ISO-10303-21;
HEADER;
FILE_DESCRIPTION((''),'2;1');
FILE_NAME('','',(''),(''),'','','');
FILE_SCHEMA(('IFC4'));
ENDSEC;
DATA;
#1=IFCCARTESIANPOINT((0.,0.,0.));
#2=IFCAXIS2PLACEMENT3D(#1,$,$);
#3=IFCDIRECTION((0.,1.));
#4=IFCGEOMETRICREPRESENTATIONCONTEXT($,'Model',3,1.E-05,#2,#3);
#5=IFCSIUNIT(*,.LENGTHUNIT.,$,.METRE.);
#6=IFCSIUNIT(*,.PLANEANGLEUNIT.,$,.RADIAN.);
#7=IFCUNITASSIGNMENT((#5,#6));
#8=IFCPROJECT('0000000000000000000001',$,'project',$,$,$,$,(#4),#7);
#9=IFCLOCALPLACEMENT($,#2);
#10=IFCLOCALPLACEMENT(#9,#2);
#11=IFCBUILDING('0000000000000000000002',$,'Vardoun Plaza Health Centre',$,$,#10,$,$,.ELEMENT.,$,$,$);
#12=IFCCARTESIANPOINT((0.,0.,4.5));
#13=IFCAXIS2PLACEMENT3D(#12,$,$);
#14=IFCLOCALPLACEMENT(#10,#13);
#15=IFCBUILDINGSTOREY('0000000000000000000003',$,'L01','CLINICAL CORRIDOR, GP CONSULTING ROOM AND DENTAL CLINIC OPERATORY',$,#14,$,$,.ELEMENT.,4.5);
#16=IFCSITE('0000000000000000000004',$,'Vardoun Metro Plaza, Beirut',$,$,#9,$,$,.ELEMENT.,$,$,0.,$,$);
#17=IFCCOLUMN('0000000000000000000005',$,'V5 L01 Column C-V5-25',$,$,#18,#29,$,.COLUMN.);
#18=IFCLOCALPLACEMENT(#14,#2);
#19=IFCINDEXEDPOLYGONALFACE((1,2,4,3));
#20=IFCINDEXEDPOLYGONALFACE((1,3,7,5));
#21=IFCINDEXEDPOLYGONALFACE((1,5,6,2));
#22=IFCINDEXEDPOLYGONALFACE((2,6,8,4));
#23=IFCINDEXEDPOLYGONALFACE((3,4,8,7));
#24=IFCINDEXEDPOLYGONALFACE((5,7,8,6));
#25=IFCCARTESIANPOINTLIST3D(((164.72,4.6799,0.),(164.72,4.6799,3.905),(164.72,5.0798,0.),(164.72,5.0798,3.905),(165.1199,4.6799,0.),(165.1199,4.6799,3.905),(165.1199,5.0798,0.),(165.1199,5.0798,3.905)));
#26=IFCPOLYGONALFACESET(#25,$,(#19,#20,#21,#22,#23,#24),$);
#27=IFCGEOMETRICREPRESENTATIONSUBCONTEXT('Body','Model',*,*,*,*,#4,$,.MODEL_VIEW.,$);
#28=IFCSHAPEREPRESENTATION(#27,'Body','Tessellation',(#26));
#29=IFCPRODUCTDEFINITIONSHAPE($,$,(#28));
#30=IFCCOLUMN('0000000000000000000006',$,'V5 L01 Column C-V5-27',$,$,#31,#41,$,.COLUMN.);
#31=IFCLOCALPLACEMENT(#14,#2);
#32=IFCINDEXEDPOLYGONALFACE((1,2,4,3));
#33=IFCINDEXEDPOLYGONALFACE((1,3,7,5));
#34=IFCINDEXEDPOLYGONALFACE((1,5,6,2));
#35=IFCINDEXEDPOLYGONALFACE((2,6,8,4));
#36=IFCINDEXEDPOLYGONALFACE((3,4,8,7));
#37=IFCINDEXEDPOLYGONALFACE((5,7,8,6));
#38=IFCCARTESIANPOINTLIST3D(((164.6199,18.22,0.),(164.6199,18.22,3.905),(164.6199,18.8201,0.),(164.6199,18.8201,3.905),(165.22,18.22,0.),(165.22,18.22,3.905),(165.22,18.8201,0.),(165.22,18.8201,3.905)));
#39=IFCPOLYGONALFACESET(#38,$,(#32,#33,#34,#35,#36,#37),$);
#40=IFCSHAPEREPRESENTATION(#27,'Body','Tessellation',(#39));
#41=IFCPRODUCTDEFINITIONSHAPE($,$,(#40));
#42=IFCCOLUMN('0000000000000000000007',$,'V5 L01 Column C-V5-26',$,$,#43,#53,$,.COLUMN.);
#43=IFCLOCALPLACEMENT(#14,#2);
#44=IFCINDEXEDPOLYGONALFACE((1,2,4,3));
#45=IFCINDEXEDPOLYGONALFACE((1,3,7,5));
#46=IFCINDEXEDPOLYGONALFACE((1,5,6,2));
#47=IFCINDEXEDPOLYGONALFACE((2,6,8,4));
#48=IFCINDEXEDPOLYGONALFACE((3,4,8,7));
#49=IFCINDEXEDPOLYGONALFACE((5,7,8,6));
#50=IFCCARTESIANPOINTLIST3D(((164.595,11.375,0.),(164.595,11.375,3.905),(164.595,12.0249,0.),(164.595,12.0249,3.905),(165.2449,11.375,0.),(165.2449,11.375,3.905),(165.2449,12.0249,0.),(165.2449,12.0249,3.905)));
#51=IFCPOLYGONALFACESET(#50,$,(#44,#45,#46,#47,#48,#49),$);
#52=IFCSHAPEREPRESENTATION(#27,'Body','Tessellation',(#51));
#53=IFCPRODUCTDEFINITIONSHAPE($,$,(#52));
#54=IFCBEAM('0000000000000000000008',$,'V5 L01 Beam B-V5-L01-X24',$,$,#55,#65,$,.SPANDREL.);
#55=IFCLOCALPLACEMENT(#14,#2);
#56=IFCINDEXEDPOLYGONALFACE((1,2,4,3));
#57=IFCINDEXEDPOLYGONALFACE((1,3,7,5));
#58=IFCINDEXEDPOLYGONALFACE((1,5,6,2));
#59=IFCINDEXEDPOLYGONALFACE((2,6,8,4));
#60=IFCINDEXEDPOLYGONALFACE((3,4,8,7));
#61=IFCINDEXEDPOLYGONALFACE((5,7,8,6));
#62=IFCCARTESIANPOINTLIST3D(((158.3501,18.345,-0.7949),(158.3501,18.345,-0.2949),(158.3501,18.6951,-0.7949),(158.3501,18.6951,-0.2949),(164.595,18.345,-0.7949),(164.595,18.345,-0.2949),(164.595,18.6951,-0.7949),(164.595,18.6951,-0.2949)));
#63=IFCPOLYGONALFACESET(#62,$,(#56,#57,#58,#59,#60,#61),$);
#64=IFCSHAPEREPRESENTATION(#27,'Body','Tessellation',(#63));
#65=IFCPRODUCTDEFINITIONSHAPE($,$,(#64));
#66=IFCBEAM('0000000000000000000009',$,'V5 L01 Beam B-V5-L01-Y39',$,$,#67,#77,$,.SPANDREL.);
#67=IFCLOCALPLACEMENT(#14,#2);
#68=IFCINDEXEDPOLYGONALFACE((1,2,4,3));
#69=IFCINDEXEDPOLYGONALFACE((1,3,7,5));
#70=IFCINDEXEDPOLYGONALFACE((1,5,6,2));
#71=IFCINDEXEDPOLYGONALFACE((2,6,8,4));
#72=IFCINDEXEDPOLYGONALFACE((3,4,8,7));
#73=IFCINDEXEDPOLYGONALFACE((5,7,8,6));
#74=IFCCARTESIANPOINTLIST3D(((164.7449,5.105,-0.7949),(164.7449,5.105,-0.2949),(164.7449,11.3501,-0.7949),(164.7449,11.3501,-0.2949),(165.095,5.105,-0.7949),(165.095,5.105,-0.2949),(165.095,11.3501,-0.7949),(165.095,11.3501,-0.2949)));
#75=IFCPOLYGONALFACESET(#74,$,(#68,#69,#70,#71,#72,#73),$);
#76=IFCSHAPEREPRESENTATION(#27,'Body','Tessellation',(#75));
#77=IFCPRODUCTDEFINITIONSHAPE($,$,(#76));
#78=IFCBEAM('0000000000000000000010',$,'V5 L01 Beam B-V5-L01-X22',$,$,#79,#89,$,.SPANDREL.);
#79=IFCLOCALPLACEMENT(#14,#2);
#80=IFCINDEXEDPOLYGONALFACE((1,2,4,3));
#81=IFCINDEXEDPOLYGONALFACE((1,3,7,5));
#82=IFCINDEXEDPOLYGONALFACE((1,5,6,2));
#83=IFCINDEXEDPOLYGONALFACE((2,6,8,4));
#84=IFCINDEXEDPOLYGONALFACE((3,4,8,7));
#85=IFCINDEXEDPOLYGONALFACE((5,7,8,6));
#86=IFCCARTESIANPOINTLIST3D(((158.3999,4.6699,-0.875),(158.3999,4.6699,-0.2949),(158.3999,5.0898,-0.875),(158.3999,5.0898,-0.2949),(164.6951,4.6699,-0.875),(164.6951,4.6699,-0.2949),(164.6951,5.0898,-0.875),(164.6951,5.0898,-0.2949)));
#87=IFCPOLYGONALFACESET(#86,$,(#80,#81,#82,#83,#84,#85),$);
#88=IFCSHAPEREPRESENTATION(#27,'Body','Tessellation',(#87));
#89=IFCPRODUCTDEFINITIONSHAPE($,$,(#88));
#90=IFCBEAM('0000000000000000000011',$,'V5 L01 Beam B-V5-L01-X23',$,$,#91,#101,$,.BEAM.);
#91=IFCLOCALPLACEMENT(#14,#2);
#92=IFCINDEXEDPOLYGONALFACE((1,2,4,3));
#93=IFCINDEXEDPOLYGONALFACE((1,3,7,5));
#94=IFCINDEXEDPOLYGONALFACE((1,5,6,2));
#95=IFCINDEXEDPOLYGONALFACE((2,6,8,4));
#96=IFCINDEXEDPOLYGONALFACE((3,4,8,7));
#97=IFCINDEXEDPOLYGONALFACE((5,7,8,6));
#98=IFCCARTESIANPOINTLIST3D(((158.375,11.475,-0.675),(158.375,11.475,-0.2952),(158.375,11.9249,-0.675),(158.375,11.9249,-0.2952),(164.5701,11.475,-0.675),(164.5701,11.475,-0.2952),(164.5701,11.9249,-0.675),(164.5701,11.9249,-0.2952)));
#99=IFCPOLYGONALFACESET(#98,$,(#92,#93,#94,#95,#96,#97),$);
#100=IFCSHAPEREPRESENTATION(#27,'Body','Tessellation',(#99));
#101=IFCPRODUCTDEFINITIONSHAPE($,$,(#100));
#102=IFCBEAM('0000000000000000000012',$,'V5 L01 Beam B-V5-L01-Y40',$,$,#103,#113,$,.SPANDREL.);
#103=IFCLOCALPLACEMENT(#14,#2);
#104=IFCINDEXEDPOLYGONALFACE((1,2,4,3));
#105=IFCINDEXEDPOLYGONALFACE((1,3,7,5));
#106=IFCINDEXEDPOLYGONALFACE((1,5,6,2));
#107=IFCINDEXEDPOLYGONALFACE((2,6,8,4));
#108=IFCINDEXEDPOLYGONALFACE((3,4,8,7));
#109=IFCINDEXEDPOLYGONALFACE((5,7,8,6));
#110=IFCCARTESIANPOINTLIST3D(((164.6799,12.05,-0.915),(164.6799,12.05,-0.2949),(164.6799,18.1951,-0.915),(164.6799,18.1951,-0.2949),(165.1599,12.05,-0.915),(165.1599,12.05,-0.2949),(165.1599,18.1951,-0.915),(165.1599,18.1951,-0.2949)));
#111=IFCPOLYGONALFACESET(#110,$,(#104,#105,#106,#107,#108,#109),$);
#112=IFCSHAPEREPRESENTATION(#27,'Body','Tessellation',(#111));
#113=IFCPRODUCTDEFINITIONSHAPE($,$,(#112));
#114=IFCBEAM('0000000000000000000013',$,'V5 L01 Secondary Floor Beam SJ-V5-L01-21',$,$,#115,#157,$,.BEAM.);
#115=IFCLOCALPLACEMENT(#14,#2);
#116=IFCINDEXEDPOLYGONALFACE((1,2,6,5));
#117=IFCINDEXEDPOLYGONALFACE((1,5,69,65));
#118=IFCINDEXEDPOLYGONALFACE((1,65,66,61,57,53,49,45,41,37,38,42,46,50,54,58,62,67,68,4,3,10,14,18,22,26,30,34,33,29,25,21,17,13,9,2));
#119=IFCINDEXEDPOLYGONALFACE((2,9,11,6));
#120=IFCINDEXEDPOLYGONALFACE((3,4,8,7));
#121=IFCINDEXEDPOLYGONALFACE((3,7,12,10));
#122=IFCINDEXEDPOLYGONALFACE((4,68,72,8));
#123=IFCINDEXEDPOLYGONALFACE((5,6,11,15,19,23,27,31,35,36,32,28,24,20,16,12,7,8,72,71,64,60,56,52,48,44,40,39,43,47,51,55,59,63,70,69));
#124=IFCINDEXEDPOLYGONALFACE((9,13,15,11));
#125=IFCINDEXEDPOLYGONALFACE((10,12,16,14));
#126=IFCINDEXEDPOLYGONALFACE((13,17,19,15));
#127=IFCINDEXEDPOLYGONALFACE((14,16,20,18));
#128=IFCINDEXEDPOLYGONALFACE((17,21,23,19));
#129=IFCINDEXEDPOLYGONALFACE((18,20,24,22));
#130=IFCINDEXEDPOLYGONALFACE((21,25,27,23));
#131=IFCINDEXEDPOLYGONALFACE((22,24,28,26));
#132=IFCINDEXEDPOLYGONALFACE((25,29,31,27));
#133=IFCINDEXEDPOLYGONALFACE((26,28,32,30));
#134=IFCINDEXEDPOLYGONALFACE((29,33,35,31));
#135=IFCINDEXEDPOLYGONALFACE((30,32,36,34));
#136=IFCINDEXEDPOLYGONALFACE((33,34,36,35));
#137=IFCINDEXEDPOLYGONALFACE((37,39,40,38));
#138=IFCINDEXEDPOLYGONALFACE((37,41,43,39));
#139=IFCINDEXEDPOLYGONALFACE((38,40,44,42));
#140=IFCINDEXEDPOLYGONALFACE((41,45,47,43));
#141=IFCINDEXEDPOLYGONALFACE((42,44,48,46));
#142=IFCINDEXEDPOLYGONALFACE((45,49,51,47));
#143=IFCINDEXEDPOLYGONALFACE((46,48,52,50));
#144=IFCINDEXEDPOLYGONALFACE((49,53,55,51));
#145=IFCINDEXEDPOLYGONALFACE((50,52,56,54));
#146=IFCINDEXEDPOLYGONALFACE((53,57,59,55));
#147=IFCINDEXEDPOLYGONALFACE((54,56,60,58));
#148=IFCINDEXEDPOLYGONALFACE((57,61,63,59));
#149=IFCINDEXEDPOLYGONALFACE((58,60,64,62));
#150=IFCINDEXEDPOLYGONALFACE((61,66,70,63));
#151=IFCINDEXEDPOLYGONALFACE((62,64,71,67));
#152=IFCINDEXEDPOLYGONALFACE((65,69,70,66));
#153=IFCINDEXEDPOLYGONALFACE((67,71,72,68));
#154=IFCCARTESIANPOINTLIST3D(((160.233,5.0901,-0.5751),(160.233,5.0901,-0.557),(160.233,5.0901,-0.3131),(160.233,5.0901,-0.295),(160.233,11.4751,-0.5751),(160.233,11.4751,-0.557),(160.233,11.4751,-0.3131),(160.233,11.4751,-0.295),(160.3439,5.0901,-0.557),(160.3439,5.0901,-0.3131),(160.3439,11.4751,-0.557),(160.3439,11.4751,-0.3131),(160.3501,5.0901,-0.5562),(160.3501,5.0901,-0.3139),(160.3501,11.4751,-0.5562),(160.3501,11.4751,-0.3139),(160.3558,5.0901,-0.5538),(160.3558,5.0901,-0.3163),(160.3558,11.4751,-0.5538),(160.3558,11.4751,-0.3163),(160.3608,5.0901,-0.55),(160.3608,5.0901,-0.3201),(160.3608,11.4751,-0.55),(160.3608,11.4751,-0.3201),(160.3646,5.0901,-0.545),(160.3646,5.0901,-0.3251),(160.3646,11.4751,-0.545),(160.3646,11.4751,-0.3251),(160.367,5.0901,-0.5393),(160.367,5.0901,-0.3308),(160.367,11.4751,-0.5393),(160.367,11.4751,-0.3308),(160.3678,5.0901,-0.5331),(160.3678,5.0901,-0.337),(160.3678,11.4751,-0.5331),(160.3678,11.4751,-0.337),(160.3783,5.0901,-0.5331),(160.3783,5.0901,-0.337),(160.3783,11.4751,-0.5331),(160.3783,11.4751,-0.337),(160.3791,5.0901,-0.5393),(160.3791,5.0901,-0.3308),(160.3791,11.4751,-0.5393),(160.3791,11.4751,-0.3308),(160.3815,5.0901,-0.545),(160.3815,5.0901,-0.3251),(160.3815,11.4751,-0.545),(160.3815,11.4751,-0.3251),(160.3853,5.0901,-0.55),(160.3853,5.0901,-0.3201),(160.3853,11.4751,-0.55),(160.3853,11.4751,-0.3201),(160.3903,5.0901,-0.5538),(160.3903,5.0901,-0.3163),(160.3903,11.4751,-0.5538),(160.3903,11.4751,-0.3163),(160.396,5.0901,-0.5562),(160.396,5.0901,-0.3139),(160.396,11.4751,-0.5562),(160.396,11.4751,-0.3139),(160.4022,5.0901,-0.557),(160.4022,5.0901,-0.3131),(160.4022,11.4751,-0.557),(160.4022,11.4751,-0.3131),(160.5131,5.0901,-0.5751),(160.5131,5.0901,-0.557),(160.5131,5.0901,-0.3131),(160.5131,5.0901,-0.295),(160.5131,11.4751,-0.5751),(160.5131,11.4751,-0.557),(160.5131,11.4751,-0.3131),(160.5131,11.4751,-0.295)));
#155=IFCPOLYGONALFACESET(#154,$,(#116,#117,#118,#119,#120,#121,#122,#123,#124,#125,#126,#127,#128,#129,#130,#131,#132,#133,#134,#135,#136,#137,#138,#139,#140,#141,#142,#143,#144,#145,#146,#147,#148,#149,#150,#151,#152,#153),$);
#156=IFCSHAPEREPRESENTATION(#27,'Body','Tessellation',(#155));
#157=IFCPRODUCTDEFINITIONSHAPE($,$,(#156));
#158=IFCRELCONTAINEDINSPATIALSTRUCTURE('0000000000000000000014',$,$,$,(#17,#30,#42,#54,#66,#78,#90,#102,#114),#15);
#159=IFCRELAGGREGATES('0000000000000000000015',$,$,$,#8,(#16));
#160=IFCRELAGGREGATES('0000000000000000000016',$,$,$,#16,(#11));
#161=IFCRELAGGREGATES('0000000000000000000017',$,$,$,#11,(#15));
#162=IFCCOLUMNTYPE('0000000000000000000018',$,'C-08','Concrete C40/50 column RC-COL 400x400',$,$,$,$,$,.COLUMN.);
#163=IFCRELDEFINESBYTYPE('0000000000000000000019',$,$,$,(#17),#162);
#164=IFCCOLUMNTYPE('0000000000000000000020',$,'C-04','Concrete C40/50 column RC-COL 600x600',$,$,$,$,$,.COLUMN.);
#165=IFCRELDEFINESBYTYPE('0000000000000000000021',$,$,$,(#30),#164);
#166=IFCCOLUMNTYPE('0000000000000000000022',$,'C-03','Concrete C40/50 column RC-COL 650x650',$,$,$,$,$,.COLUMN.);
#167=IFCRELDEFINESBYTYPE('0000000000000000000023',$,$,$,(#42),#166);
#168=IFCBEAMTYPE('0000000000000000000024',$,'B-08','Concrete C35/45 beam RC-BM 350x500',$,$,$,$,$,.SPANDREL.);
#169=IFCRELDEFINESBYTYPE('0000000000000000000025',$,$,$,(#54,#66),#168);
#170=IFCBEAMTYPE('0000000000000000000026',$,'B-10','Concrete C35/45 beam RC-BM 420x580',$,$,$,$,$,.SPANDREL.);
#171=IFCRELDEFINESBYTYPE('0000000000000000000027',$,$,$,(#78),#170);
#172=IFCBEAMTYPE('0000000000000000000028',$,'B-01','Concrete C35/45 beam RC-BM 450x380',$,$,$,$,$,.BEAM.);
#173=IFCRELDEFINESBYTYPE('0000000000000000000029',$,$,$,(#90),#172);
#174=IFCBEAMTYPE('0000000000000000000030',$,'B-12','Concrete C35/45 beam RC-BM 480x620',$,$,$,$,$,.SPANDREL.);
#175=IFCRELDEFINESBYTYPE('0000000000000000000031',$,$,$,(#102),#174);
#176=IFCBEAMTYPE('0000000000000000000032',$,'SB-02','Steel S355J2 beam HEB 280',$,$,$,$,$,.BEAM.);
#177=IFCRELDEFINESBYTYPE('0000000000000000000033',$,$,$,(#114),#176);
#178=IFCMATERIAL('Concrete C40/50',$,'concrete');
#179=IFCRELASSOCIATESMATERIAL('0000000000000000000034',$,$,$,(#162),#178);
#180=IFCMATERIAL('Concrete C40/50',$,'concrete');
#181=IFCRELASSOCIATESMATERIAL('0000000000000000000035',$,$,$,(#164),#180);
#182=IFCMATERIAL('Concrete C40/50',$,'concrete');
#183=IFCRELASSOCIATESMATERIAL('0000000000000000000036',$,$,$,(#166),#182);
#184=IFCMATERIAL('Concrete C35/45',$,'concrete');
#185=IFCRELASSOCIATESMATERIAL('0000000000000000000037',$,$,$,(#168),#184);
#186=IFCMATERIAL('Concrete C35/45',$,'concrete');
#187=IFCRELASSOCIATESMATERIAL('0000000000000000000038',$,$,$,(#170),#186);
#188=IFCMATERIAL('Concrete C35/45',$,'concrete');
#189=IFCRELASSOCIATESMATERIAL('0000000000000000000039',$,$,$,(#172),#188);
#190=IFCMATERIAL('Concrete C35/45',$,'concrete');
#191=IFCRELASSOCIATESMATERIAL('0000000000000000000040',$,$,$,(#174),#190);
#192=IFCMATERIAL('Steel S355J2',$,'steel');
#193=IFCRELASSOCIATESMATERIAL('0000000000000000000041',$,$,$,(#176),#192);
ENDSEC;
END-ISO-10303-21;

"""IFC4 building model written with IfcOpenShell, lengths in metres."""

from ifc_helpers import new_model, si_unit, direction, frame, origin, origin_2d, place, context, subcontext, project, spatial, rectangle, i_section, extrude, material, material_profile, profile_set, type_object, element, save


model = new_model("IFC4")

# Units and contexts
model_context = context("Model", 3, precision=1e-05, world=origin(), true_north=direction((0.0, 1.0)))
body_context = subcontext(model_context, "Body", "Model", "MODEL_VIEW")
ifc_project = project(units=[si_unit("LENGTHUNIT", "METRE"), si_unit("PLANEANGLEUNIT", "RADIAN")], contexts=[model_context])

# Site, building, storey
site_placement = place(None, origin())
site = spatial("IfcSite", under=ifc_project, at=site_placement, Name="Vardoun Metro Plaza, Beirut", CompositionType="ELEMENT", RefElevation=0.0)
building_placement = place(site_placement, origin())
building = spatial("IfcBuilding", under=site, at=building_placement, Name="Vardoun Plaza Health Centre", CompositionType="ELEMENT")
storey_placement = place(building_placement, frame((0.0, 0.0, 4.5)))
storey = spatial("IfcBuildingStorey", under=building, at=storey_placement, Name="L01", Description="CLINICAL CORRIDOR, GP CONSULTING ROOM AND DENTAL CLINIC OPERATORY", CompositionType="ELEMENT", Elevation=4.5)

# Columns
ifc_material_1 = material(Name="Concrete C40/50", Category="concrete")
ifc_material_profile_1 = material_profile(ifc_material_1, rectangle(XDim=0.3999, YDim=0.3999, at=origin_2d()), Name="RC-COL 400x400")
ifc_profile_set_1 = profile_set([ifc_material_profile_1], Name="Concrete C40/50")
column_type_1 = type_object("IfcColumnType", Name="C-08", Description="Concrete C40/50 column RC-COL 400x400", PredefinedType="COLUMN", material=ifc_profile_set_1)
column_1_placement = place(storey_placement, frame((164.9199, 4.8799, 0.0), z_axis=(0.0, 0.0, 1.0), x_axis=(1.0, 0.0, 0.0)))
element("IfcColumn", 1, at=column_1_placement, inside=storey, type_object=column_type_1, Name="V5 L01 Column C-V5-25", PredefinedType="COLUMN", context=body_context, shape_type="SweptSolid", body=[
    extrude(rectangle(XDim=0.3999, YDim=0.3999, at=origin_2d()), origin(), (0.0, 0.0, 1.0), 3.905),
])
ifc_material_2 = material(Name="Concrete C40/50", Category="concrete")
ifc_material_profile_2 = material_profile(ifc_material_2, rectangle(XDim=0.6001, YDim=0.6001, at=origin_2d()), Name="RC-COL 600x600")
ifc_profile_set_2 = profile_set([ifc_material_profile_2], Name="Concrete C40/50")
column_type_2 = type_object("IfcColumnType", Name="C-04", Description="Concrete C40/50 column RC-COL 600x600", PredefinedType="COLUMN", material=ifc_profile_set_2)
column_2_placement = place(storey_placement, frame((164.9199, 18.52, 0.0), z_axis=(0.0, 0.0, 1.0), x_axis=(1.0, 0.0, 0.0)))
element("IfcColumn", 2, at=column_2_placement, inside=storey, type_object=column_type_2, Name="V5 L01 Column C-V5-27", PredefinedType="COLUMN", context=body_context, shape_type="SweptSolid", body=[
    extrude(rectangle(XDim=0.6001, YDim=0.6001, at=origin_2d()), origin(), (0.0, 0.0, 1.0), 3.905),
])
ifc_material_3 = material(Name="Concrete C40/50", Category="concrete")
ifc_material_profile_3 = material_profile(ifc_material_3, rectangle(XDim=0.6499, YDim=0.6499, at=origin_2d()), Name="RC-COL 650x650")
ifc_profile_set_3 = profile_set([ifc_material_profile_3], Name="Concrete C40/50")
column_type_3 = type_object("IfcColumnType", Name="C-03", Description="Concrete C40/50 column RC-COL 650x650", PredefinedType="COLUMN", material=ifc_profile_set_3)
column_3_placement = place(storey_placement, frame((164.9199, 11.7, 0.0), z_axis=(0.0, 0.0, 1.0), x_axis=(1.0, 0.0, 0.0)))
element("IfcColumn", 3, at=column_3_placement, inside=storey, type_object=column_type_3, Name="V5 L01 Column C-V5-26", PredefinedType="COLUMN", context=body_context, shape_type="SweptSolid", body=[
    extrude(rectangle(XDim=0.6499, YDim=0.6499, at=origin_2d()), origin(), (0.0, 0.0, 1.0), 3.905),
])

# Beams
ifc_material_4 = material(Name="Concrete C35/45", Category="concrete")
ifc_material_profile_4 = material_profile(ifc_material_4, rectangle(XDim=0.3501, YDim=0.5, at=origin_2d()), Name="RC-BM 350x500")
ifc_profile_set_4 = profile_set([ifc_material_profile_4], Name="Concrete C35/45")
beam_type_1 = type_object("IfcBeamType", Name="B-08", Description="Concrete C35/45 beam RC-BM 350x500", PredefinedType="SPANDREL", material=ifc_profile_set_4)
beam_1_placement = place(storey_placement, frame((158.3501, 18.52, -0.5449), z_axis=(1.0, 0.0, 0.0), x_axis=(0.0, 1.0, 0.0)))
element("IfcBeam", 4, at=beam_1_placement, inside=storey, type_object=beam_type_1, Name="V5 L01 Beam B-V5-L01-X24", PredefinedType="SPANDREL", context=body_context, shape_type="SweptSolid", body=[
    extrude(rectangle(XDim=0.3501, YDim=0.5, at=origin_2d()), origin(), (0.0, 0.0, 1.0), 6.2449),
])
beam_2_placement = place(storey_placement, frame((164.9199, 5.105, -0.5449), z_axis=(0.0, 1.0, 0.0), x_axis=(-1.0, 0.0, 0.0)))
element("IfcBeam", 5, at=beam_2_placement, inside=storey, type_object=beam_type_1, Name="V5 L01 Beam B-V5-L01-Y39", PredefinedType="SPANDREL", context=body_context, shape_type="SweptSolid", body=[
    extrude(rectangle(XDim=0.3501, YDim=0.5, at=origin_2d()), origin(), (0.0, 0.0, 1.0), 6.2451),
])
ifc_material_5 = material(Name="Concrete C35/45", Category="concrete")
ifc_material_profile_5 = material_profile(ifc_material_5, rectangle(XDim=0.4199, YDim=0.5801, at=origin_2d()), Name="RC-BM 420x580")
ifc_profile_set_5 = profile_set([ifc_material_profile_5], Name="Concrete C35/45")
beam_type_2 = type_object("IfcBeamType", Name="B-10", Description="Concrete C35/45 beam RC-BM 420x580", PredefinedType="SPANDREL", material=ifc_profile_set_5)
beam_3_placement = place(storey_placement, frame((158.3999, 4.8799, -0.585), z_axis=(1.0, 0.0, 0.0), x_axis=(0.0, 1.0, 0.0)))
element("IfcBeam", 6, at=beam_3_placement, inside=storey, type_object=beam_type_2, Name="V5 L01 Beam B-V5-L01-X22", PredefinedType="SPANDREL", context=body_context, shape_type="SweptSolid", body=[
    extrude(rectangle(XDim=0.4199, YDim=0.5801, at=origin_2d()), origin(), (0.0, 0.0, 1.0), 6.2952),
])
ifc_material_6 = material(Name="Concrete C35/45", Category="concrete")
ifc_material_profile_6 = material_profile(ifc_material_6, rectangle(XDim=0.45, YDim=0.3799, at=origin_2d()), Name="RC-BM 450x380")
ifc_profile_set_6 = profile_set([ifc_material_profile_6], Name="Concrete C35/45")
beam_type_3 = type_object("IfcBeamType", Name="B-01", Description="Concrete C35/45 beam RC-BM 450x380", PredefinedType="BEAM", material=ifc_profile_set_6)
beam_4_placement = place(storey_placement, frame((158.375, 11.7, -0.4851), z_axis=(1.0, 0.0, 0.0), x_axis=(0.0, 1.0, 0.0)))
element("IfcBeam", 7, at=beam_4_placement, inside=storey, type_object=beam_type_3, Name="V5 L01 Beam B-V5-L01-X23", PredefinedType="BEAM", context=body_context, shape_type="SweptSolid", body=[
    extrude(rectangle(XDim=0.45, YDim=0.3799, at=origin_2d()), origin(), (0.0, 0.0, 1.0), 6.1951),
])
ifc_material_7 = material(Name="Concrete C35/45", Category="concrete")
ifc_material_profile_7 = material_profile(ifc_material_7, rectangle(XDim=0.48, YDim=0.6201, at=origin_2d()), Name="RC-BM 480x620")
ifc_profile_set_7 = profile_set([ifc_material_profile_7], Name="Concrete C35/45")
beam_type_4 = type_object("IfcBeamType", Name="B-12", Description="Concrete C35/45 beam RC-BM 480x620", PredefinedType="SPANDREL", material=ifc_profile_set_7)
beam_5_placement = place(storey_placement, frame((164.9199, 12.05, -0.605), z_axis=(0.0, 1.0, 0.0), x_axis=(-1.0, 0.0, 0.0)))
element("IfcBeam", 8, at=beam_5_placement, inside=storey, type_object=beam_type_4, Name="V5 L01 Beam B-V5-L01-Y40", PredefinedType="SPANDREL", context=body_context, shape_type="SweptSolid", body=[
    extrude(rectangle(XDim=0.48, YDim=0.6201, at=origin_2d()), origin(), (0.0, 0.0, 1.0), 6.145),
])
ifc_material_8 = material(Name="Steel S355J2", Category="steel")
ifc_material_profile_8 = material_profile(ifc_material_8, i_section(OverallWidth=0.28, OverallDepth=0.28, WebThickness=0.0105, FlangeThickness=0.0181, FilletRadius=0.0239, at=origin_2d()), Name="HEB 280")
ifc_profile_set_8 = profile_set([ifc_material_profile_8], Name="Steel S355J2")
beam_type_5 = type_object("IfcBeamType", Name="SB-02", Description="Steel S355J2 beam HEB 280", PredefinedType="BEAM", material=ifc_profile_set_8)
beam_6_placement = place(storey_placement, frame((160.373, 5.0901, -0.4351), z_axis=(0.0, 1.0, 0.0), x_axis=(-1.0, 0.0, 0.0)))
element("IfcBeam", 9, at=beam_6_placement, inside=storey, type_object=beam_type_5, Name="V5 L01 Secondary Floor Beam SJ-V5-L01-21", PredefinedType="BEAM", context=body_context, shape_type="SweptSolid", body=[
    extrude(i_section(OverallWidth=0.28, OverallDepth=0.28, WebThickness=0.0105, FlangeThickness=0.0181, FilletRadius=0.0239, at=origin_2d()), origin(), (0.0, 0.0, 1.0), 6.385),
])

save(model, "model.ifc")
